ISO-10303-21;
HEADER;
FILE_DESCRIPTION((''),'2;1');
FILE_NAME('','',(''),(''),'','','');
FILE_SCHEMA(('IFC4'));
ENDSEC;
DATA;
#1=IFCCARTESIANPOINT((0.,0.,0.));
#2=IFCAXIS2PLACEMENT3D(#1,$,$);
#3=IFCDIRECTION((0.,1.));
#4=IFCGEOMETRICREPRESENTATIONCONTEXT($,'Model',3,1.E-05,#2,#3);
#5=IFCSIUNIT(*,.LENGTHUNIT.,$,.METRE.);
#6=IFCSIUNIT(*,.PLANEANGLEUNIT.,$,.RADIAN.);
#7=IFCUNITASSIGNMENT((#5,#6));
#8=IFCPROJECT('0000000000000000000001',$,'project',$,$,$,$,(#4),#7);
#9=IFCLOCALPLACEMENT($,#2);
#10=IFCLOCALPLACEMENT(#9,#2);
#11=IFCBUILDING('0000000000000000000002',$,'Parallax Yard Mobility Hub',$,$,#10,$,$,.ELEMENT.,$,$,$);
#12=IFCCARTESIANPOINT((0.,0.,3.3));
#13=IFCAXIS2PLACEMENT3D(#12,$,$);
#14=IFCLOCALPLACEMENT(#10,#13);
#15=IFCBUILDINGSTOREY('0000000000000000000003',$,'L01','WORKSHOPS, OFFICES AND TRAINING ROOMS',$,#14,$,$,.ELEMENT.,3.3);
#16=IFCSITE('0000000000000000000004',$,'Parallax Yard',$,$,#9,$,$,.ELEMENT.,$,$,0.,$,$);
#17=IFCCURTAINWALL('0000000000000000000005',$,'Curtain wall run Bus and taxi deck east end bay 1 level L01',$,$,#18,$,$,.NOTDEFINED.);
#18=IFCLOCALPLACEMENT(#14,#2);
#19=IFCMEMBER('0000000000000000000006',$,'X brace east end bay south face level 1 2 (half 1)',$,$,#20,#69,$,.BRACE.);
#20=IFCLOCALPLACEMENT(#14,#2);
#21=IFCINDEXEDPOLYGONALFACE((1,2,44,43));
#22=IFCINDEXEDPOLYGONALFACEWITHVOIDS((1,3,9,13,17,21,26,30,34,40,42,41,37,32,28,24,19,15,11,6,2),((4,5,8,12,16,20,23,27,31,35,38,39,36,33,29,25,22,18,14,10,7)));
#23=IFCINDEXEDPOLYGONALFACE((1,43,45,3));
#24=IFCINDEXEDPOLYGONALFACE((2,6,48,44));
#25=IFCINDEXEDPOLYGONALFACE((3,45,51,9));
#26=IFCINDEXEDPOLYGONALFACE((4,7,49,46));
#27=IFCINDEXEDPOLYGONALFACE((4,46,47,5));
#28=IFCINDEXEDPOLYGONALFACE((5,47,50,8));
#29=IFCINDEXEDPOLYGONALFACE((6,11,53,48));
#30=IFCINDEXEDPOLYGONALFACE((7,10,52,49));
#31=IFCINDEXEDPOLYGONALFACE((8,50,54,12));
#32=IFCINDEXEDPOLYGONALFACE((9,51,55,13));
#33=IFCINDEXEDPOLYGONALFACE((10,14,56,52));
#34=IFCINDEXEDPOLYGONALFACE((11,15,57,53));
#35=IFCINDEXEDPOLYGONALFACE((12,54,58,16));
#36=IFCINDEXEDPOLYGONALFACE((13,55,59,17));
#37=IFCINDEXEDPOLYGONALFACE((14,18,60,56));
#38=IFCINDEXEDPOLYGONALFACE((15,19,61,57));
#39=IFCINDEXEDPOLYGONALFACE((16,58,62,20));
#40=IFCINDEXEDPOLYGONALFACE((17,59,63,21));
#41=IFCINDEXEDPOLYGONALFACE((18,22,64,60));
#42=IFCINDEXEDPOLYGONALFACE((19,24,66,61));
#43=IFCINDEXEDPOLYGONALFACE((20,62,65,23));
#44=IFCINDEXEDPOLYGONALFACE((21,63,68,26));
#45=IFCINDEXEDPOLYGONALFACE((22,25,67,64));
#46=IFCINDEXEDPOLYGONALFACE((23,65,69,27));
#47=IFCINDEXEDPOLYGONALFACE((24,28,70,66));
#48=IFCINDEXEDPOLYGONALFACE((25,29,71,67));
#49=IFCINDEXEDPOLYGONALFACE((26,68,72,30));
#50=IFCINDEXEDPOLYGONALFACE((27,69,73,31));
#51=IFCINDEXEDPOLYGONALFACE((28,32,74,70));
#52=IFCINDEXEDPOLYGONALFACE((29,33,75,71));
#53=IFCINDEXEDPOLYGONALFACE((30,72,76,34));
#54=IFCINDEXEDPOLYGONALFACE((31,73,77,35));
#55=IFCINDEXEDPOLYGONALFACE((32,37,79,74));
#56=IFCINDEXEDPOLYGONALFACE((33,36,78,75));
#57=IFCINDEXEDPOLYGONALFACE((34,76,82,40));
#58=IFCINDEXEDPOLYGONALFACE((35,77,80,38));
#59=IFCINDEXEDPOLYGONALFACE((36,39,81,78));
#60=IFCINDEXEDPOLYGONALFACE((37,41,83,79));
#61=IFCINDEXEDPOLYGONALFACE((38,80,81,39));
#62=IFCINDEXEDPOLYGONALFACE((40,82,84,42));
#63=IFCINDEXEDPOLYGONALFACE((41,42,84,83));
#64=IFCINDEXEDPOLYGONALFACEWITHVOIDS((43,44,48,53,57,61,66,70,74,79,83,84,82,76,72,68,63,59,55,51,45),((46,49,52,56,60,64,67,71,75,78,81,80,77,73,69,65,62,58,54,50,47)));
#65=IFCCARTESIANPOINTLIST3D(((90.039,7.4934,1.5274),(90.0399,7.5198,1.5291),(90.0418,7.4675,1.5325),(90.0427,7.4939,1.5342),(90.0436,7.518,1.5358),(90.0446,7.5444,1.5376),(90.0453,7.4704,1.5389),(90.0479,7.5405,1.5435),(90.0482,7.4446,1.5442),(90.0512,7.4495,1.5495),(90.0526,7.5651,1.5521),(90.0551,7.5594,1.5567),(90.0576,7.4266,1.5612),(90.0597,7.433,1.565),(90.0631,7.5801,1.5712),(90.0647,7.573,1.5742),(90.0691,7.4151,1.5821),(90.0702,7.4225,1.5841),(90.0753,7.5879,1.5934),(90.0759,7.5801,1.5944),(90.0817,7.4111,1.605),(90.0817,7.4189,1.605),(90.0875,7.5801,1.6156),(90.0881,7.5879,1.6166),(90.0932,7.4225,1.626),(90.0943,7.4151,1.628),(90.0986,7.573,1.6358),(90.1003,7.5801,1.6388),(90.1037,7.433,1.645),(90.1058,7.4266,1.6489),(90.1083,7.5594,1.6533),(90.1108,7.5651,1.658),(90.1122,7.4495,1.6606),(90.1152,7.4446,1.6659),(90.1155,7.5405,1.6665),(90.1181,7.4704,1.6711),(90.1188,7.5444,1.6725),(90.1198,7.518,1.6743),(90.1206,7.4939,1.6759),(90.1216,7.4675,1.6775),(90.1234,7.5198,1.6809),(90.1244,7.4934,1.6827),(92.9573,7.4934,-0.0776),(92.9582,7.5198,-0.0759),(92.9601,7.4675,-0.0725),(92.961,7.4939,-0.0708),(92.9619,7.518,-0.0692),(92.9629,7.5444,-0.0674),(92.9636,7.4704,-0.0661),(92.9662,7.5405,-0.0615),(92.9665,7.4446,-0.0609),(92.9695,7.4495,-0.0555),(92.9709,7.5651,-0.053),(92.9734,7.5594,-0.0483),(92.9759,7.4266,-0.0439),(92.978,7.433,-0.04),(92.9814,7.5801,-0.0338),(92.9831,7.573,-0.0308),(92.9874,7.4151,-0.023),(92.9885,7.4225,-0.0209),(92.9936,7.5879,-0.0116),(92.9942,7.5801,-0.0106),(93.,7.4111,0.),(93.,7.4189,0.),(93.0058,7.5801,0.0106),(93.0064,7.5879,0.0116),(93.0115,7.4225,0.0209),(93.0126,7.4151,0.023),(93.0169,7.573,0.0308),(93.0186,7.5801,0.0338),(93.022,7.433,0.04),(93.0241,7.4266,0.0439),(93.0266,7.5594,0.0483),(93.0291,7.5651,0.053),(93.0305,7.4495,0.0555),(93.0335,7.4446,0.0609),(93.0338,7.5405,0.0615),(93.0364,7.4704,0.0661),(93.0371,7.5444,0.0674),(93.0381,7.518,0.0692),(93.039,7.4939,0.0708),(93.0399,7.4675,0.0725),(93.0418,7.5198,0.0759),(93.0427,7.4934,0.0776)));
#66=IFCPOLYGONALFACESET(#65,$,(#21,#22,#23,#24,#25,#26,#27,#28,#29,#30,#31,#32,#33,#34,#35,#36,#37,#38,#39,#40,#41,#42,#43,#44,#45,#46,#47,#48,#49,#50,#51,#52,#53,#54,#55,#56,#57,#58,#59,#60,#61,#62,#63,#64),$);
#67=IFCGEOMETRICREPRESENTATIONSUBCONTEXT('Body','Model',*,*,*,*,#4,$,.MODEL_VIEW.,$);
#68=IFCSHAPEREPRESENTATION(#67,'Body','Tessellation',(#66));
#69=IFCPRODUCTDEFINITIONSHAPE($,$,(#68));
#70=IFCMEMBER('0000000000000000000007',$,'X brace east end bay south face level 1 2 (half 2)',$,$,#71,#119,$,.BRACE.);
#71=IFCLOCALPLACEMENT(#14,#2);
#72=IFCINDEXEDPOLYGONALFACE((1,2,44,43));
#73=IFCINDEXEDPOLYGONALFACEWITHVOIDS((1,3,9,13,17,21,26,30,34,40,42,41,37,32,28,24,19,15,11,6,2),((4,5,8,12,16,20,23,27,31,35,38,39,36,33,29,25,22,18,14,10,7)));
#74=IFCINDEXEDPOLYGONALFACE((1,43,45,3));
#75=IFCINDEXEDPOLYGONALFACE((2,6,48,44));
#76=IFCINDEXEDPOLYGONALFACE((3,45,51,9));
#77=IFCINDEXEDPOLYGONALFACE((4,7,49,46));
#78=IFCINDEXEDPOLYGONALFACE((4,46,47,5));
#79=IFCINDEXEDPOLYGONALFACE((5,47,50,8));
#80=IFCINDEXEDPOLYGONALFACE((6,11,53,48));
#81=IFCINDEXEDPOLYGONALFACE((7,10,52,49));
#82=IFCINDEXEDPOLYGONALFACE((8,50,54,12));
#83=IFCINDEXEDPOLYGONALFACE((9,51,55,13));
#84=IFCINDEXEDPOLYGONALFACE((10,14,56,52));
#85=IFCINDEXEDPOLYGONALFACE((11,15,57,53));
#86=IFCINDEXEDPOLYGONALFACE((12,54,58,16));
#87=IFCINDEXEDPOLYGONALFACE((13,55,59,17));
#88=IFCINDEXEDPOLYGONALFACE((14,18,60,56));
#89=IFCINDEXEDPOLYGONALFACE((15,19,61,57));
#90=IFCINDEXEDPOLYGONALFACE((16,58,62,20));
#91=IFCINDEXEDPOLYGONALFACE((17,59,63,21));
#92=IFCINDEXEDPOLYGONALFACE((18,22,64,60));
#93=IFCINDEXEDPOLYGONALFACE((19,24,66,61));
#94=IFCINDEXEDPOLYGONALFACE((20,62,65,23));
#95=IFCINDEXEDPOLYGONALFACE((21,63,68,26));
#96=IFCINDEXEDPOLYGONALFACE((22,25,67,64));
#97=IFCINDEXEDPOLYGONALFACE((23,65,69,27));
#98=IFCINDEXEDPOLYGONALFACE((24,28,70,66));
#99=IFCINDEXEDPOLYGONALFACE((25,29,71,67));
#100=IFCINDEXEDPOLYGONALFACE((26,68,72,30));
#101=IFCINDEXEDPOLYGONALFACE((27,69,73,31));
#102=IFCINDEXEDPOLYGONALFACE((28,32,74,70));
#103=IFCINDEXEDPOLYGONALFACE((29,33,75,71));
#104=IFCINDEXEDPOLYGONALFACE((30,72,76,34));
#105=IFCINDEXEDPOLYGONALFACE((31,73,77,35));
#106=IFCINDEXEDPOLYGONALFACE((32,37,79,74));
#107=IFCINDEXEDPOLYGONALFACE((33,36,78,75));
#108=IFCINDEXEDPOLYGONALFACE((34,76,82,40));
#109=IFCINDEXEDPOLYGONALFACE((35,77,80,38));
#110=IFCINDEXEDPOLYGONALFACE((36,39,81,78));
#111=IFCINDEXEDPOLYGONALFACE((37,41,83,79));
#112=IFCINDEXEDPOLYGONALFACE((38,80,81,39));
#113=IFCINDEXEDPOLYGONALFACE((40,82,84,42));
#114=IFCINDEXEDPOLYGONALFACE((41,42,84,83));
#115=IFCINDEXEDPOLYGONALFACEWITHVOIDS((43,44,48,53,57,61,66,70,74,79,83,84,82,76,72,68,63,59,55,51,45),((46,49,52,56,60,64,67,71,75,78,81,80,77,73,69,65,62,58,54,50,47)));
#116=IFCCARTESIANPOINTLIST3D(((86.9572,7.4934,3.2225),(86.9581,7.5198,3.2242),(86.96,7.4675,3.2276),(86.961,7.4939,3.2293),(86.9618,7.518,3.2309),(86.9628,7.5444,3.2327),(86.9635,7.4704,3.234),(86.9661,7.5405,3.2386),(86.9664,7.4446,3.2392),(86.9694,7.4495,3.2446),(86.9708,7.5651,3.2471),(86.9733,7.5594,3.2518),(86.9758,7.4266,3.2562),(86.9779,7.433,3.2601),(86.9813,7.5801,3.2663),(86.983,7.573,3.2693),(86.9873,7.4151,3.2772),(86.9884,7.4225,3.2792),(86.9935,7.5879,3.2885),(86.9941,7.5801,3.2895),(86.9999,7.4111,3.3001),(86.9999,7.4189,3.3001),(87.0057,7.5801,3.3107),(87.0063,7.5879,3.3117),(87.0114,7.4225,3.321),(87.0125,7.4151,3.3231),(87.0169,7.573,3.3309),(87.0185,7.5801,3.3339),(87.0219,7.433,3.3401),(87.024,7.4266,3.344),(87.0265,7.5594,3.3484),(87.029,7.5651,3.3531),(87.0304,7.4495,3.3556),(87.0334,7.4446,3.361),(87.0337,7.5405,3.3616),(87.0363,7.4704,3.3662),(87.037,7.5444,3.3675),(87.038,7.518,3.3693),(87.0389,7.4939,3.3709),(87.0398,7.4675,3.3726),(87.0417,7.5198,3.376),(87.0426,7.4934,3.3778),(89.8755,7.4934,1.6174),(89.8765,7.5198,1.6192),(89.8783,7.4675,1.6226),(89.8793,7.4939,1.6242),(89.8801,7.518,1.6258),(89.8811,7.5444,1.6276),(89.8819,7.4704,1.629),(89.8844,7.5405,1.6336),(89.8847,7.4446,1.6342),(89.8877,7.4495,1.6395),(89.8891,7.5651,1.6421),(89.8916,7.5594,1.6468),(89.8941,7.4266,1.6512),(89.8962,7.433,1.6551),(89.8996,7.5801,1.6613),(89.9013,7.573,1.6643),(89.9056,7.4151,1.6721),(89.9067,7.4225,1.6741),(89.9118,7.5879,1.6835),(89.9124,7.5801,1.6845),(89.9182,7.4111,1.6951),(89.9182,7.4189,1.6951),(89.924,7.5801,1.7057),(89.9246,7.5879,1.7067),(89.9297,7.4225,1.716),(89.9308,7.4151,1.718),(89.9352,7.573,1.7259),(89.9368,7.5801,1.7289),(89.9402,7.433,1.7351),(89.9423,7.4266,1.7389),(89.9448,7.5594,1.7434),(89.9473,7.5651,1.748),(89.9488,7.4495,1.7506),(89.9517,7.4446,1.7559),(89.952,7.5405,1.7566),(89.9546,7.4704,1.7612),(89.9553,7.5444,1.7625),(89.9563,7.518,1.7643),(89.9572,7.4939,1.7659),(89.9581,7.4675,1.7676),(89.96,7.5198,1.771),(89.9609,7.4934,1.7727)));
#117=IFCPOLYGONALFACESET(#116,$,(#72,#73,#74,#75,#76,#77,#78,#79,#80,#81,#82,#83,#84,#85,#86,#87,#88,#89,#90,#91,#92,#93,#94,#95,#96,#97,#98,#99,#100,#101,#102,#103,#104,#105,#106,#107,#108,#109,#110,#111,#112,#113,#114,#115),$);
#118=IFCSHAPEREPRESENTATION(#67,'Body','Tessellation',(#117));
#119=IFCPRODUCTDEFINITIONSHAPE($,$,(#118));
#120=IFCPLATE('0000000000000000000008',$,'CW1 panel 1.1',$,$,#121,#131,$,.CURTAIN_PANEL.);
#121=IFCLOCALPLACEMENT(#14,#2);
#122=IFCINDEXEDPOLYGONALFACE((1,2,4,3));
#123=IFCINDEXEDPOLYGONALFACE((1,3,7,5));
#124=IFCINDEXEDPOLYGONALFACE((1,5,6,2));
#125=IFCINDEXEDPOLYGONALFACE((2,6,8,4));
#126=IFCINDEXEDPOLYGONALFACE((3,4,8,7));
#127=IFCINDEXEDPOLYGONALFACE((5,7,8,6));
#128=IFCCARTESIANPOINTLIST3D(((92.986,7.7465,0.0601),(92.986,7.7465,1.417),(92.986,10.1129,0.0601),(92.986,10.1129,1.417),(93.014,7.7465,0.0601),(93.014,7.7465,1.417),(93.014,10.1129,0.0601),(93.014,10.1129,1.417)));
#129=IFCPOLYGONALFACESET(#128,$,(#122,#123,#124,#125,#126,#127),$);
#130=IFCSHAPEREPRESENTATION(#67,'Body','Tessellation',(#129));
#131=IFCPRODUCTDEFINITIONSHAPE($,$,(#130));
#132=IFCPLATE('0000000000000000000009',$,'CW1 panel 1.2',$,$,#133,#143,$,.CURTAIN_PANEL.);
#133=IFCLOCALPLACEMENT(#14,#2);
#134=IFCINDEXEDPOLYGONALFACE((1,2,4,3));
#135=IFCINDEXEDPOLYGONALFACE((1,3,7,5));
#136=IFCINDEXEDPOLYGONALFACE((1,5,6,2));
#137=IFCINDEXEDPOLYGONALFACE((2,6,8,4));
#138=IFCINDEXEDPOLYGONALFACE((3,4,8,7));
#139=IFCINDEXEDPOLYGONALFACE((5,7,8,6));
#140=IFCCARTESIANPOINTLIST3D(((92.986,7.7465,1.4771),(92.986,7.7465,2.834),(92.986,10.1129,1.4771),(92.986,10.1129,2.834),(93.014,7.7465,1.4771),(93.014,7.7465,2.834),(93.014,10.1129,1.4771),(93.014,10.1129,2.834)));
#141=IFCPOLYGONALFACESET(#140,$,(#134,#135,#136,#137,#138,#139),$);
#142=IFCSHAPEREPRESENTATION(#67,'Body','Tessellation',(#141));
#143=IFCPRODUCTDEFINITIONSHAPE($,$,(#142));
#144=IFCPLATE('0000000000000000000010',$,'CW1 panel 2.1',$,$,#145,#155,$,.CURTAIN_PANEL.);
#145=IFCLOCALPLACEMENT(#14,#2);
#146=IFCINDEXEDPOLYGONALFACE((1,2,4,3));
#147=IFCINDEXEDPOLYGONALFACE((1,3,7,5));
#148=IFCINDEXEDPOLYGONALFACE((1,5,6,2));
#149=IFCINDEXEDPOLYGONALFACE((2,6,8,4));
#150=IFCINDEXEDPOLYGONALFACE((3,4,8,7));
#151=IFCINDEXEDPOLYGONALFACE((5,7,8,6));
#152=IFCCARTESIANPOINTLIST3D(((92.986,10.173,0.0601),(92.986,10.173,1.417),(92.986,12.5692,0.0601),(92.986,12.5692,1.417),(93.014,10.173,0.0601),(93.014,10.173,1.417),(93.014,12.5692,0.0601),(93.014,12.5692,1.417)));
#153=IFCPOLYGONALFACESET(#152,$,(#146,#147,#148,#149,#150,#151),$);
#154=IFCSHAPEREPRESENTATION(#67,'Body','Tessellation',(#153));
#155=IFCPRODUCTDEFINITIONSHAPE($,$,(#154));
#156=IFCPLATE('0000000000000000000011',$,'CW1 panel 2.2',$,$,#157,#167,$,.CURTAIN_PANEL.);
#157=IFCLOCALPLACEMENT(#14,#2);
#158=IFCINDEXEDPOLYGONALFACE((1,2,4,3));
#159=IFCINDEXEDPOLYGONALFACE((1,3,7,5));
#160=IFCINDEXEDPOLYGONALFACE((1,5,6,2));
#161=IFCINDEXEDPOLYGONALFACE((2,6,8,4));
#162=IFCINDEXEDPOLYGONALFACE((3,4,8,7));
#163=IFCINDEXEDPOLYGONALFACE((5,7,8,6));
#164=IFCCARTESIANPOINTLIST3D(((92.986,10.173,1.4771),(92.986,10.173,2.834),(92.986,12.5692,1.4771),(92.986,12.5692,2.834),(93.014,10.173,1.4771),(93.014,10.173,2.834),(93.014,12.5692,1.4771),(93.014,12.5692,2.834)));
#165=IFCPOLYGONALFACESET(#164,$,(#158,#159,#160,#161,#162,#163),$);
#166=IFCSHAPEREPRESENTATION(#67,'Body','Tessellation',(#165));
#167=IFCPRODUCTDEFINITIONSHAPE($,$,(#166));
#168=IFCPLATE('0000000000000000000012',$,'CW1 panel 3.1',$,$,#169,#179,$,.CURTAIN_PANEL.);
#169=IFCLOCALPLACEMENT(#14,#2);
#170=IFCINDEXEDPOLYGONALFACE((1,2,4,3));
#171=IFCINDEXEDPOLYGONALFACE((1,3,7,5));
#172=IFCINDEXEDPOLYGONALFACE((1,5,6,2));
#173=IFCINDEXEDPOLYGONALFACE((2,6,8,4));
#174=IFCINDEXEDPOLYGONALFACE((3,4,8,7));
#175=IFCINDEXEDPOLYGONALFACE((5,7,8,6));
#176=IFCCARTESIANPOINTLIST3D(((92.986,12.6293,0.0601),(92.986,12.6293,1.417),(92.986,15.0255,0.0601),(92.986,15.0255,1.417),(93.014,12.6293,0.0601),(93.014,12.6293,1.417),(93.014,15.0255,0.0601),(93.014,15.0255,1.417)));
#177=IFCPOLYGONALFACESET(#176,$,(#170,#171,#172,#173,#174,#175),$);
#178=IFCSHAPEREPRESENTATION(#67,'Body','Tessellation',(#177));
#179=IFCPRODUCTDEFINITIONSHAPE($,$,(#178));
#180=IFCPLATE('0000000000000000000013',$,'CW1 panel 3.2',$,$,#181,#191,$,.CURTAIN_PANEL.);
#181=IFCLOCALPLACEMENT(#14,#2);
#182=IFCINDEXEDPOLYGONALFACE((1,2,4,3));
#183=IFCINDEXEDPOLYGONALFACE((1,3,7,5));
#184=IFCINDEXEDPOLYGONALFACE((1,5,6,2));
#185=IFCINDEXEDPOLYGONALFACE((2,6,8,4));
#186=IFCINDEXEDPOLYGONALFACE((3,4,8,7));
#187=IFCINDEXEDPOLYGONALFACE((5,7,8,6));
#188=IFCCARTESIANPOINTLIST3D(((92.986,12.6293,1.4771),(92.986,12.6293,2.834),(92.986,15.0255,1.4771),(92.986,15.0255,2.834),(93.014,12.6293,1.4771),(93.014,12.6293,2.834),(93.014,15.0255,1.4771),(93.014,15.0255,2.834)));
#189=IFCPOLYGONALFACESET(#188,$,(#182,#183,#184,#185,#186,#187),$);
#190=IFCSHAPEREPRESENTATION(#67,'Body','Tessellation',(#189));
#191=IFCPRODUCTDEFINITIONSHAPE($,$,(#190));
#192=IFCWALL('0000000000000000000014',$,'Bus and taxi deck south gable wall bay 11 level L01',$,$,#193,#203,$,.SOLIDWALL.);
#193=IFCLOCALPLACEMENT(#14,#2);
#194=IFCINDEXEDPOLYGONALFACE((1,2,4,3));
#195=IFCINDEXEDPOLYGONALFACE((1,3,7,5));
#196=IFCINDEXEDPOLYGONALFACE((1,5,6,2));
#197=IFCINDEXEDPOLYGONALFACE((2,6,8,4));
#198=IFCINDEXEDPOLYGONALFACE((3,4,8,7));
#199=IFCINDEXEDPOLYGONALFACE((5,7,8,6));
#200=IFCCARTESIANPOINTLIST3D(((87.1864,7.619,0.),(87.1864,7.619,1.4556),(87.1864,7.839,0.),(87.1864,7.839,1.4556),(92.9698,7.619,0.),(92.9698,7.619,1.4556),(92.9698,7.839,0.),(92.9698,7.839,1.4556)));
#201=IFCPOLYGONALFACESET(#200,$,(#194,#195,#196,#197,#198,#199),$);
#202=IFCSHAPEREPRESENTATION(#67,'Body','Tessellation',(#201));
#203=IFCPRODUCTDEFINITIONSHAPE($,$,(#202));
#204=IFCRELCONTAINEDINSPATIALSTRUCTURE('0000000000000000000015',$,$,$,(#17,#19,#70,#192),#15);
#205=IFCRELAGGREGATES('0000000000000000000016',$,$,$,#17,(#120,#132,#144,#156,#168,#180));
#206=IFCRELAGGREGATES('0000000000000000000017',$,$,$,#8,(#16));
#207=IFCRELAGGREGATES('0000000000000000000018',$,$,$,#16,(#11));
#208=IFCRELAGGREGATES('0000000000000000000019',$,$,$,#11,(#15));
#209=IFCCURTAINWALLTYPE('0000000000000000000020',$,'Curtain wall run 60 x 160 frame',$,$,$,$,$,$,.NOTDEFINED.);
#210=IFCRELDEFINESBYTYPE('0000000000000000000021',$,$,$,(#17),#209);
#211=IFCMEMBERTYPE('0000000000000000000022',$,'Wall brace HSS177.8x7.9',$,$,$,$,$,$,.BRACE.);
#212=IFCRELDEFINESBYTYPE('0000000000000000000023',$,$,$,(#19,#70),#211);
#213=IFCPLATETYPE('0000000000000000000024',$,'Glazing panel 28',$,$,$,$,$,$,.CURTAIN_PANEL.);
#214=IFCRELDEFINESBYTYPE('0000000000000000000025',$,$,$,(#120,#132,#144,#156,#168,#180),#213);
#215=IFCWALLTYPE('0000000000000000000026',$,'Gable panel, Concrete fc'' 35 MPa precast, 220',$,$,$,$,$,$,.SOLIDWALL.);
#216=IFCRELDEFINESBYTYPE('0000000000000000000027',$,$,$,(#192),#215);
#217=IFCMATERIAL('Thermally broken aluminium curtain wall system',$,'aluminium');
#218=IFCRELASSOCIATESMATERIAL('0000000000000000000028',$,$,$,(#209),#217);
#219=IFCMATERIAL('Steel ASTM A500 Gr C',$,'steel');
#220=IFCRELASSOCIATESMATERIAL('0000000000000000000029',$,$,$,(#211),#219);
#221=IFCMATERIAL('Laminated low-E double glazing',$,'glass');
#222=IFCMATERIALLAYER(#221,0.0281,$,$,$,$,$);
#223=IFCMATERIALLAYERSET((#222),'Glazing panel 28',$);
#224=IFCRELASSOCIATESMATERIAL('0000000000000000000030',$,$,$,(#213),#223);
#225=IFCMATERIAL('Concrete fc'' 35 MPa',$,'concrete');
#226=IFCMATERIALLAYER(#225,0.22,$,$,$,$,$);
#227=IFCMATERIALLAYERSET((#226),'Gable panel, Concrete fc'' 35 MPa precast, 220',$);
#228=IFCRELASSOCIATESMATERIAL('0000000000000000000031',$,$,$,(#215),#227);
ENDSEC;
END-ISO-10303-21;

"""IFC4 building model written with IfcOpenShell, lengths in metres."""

from ifc_helpers import new_model, si_unit, direction, frame, frame_2d, origin, origin_2d, place, context, subcontext, project, spatial, rectangle, hollow_circle, extrude, material, layer, layer_set, material_profile, profile_set, type_object, element, aggregate, save


model = new_model("IFC4")

# Units and contexts
model_context = context("Model", 3, precision=1e-05, world=origin(), true_north=direction((0.0, 1.0)))
body_context = subcontext(model_context, "Body", "Model", "MODEL_VIEW")
ifc_project = project(units=[si_unit("LENGTHUNIT", "METRE"), si_unit("PLANEANGLEUNIT", "RADIAN")], contexts=[model_context])

# Site, building, storey
site_placement = place(None, origin())
site = spatial("IfcSite", under=ifc_project, at=site_placement, Name="Parallax Yard", CompositionType="ELEMENT", RefElevation=0.0)
building_placement = place(site_placement, origin())
building = spatial("IfcBuilding", under=site, at=building_placement, Name="Parallax Yard Mobility Hub", CompositionType="ELEMENT")
storey_placement = place(building_placement, frame((0.0, 0.0, 3.3)))
storey = spatial("IfcBuildingStorey", under=building, at=storey_placement, Name="L01", Description="WORKSHOPS, OFFICES AND TRAINING ROOMS", CompositionType="ELEMENT", Elevation=3.3)

# Shared definitions
ifc_material_1 = material(Name="Steel ASTM A500 Gr C", Category="steel")

# Curtain wall
ifc_material_2 = material(Name="Thermally broken aluminium curtain wall system", Category="aluminium")
curtain_wall_type = type_object("IfcCurtainWallType", Name="Curtain wall run 60 x 160 frame", PredefinedType="NOTDEFINED", material=ifc_material_2)
curtain_wall_placement = place(storey_placement, origin())
curtain_wall = element("IfcCurtainWall", 1, at=curtain_wall_placement, inside=storey, type_object=curtain_wall_type, Name="Curtain wall run Bus and taxi deck east end bay 1 level L01", PredefinedType="NOTDEFINED")

# Members
ifc_material_profile_1 = material_profile(ifc_material_1, hollow_circle(Radius=0.0889, WallThickness=0.0078, at=origin_2d()), Name="HSS177.8x7.9")
ifc_profile_set_1 = profile_set([ifc_material_profile_1], Name="Steel ASTM A500 Gr C")
member_type_1 = type_object("IfcMemberType", Name="Wall brace HSS177.8x7.9", PredefinedType="BRACE", material=ifc_profile_set_1)
for number, where, z_axis, x_axis, name in (
    (2, (93.0, 7.5, 0.0), (-0.876221, 0.0, 0.48191), (0.0, -1.0, 0.0), "X brace east end bay south face level 1 2 (half 1)"),
    (3, (89.9182, 7.5, 1.6951), (-0.876221, 0.0, 0.48191), (0.0, -1.0, 0.0), "X brace east end bay south face level 1 2 (half 2)"),
):
    element("IfcMember", number, at=place(storey_placement, frame(where, z_axis=z_axis, x_axis=x_axis)), inside=storey, type_object=member_type_1, Name=name, PredefinedType="BRACE", context=body_context, shape_type="SweptSolid", body=[
        extrude(hollow_circle(Radius=0.0889, WallThickness=0.0078, at=origin_2d()), origin(), (0.0, 0.0, 1.0), 3.3306),
    ])

# Plates
ifc_material_3 = material(Name="Laminated low-E double glazing", Category="glass")
ifc_layer_1 = layer(ifc_material_3, 0.0281)
ifc_layer_set_1 = layer_set([ifc_layer_1], Name="Glazing panel 28")
plate_type = type_object("IfcPlateType", Name="Glazing panel 28", PredefinedType="CURTAIN_PANEL", material=ifc_layer_set_1)
plate_1_placement = place(storey_placement, frame((93.0, 8.9297, 0.0601), z_axis=(0.0, 0.0, 1.0), x_axis=(0.0, 1.0, 0.0)))
plate_1 = element("IfcPlate", 4, at=plate_1_placement, type_object=plate_type, Name="CW1 panel 1.1", PredefinedType="CURTAIN_PANEL", context=body_context, shape_type="SweptSolid", body=[
    extrude(rectangle(XDim=2.3665, YDim=0.0281, at=origin_2d()), origin(), (0.0, 0.0, 1.0), 1.3569),
])
plate_2_placement = place(storey_placement, frame((93.0, 8.9297, 1.4771), z_axis=(0.0, 0.0, 1.0), x_axis=(0.0, 1.0, 0.0)))
plate_2 = element("IfcPlate", 5, at=plate_2_placement, type_object=plate_type, Name="CW1 panel 1.2", PredefinedType="CURTAIN_PANEL", context=body_context, shape_type="SweptSolid", body=[
    extrude(rectangle(XDim=2.3665, YDim=0.0281, at=origin_2d()), origin(), (0.0, 0.0, 1.0), 1.3569),
])
plate_3_placement = place(storey_placement, frame((93.0, 11.3711, 0.0601), z_axis=(0.0, 0.0, 1.0), x_axis=(0.0, 1.0, 0.0)))
plate_3 = element("IfcPlate", 6, at=plate_3_placement, type_object=plate_type, Name="CW1 panel 2.1", PredefinedType="CURTAIN_PANEL", context=body_context, shape_type="SweptSolid", body=[
    extrude(rectangle(XDim=2.3962, YDim=0.0281, at=origin_2d()), origin(), (0.0, 0.0, 1.0), 1.3569),
])
plate_4_placement = place(storey_placement, frame((93.0, 11.3711, 1.4771), z_axis=(0.0, 0.0, 1.0), x_axis=(0.0, 1.0, 0.0)))
plate_4 = element("IfcPlate", 7, at=plate_4_placement, type_object=plate_type, Name="CW1 panel 2.2", PredefinedType="CURTAIN_PANEL", context=body_context, shape_type="SweptSolid", body=[
    extrude(rectangle(XDim=2.3962, YDim=0.0281, at=origin_2d()), origin(), (0.0, 0.0, 1.0), 1.3569),
])
plate_5_placement = place(storey_placement, frame((93.0, 13.8274, 0.0601), z_axis=(0.0, 0.0, 1.0), x_axis=(0.0, 1.0, 0.0)))
plate_5 = element("IfcPlate", 8, at=plate_5_placement, type_object=plate_type, Name="CW1 panel 3.1", PredefinedType="CURTAIN_PANEL", context=body_context, shape_type="SweptSolid", body=[
    extrude(rectangle(XDim=2.3962, YDim=0.0281, at=origin_2d()), origin(), (0.0, 0.0, 1.0), 1.3569),
])
plate_6_placement = place(storey_placement, frame((93.0, 13.8274, 1.4771), z_axis=(0.0, 0.0, 1.0), x_axis=(0.0, 1.0, 0.0)))
plate_6 = element("IfcPlate", 9, at=plate_6_placement, type_object=plate_type, Name="CW1 panel 3.2", PredefinedType="CURTAIN_PANEL", context=body_context, shape_type="SweptSolid", body=[
    extrude(rectangle(XDim=2.3962, YDim=0.0281, at=origin_2d()), origin(), (0.0, 0.0, 1.0), 1.3569),
])
aggregate(curtain_wall, [plate_1, plate_2, plate_3, plate_4, plate_5, plate_6])

# Wall
ifc_material_4 = material(Name="Concrete fc' 35 MPa", Category="concrete")
ifc_layer_2 = layer(ifc_material_4, 0.22)
ifc_layer_set_2 = layer_set([ifc_layer_2], Name="Gable panel, Concrete fc' 35 MPa precast, 220")
wall_type = type_object("IfcWallType", Name="Gable panel, Concrete fc' 35 MPa precast, 220", PredefinedType="SOLIDWALL", material=ifc_layer_set_2)
wall_placement = place(storey_placement, frame((87.1865, 7.729, 0.0), z_axis=(0.0, 0.0, 1.0), x_axis=(1.0, 0.0, 0.0)))
element("IfcWall", 10, at=wall_placement, inside=storey, type_object=wall_type, Name="Bus and taxi deck south gable wall bay 11 level L01", PredefinedType="SOLIDWALL", context=body_context, shape_type="SweptSolid", body=[
    extrude(rectangle(XDim=5.7834, YDim=0.22, at=frame_2d((2.8916, 0.0))), origin(), (0.0, 0.0, 1.0), 1.4556),
])

save(model, "model.ifc")
